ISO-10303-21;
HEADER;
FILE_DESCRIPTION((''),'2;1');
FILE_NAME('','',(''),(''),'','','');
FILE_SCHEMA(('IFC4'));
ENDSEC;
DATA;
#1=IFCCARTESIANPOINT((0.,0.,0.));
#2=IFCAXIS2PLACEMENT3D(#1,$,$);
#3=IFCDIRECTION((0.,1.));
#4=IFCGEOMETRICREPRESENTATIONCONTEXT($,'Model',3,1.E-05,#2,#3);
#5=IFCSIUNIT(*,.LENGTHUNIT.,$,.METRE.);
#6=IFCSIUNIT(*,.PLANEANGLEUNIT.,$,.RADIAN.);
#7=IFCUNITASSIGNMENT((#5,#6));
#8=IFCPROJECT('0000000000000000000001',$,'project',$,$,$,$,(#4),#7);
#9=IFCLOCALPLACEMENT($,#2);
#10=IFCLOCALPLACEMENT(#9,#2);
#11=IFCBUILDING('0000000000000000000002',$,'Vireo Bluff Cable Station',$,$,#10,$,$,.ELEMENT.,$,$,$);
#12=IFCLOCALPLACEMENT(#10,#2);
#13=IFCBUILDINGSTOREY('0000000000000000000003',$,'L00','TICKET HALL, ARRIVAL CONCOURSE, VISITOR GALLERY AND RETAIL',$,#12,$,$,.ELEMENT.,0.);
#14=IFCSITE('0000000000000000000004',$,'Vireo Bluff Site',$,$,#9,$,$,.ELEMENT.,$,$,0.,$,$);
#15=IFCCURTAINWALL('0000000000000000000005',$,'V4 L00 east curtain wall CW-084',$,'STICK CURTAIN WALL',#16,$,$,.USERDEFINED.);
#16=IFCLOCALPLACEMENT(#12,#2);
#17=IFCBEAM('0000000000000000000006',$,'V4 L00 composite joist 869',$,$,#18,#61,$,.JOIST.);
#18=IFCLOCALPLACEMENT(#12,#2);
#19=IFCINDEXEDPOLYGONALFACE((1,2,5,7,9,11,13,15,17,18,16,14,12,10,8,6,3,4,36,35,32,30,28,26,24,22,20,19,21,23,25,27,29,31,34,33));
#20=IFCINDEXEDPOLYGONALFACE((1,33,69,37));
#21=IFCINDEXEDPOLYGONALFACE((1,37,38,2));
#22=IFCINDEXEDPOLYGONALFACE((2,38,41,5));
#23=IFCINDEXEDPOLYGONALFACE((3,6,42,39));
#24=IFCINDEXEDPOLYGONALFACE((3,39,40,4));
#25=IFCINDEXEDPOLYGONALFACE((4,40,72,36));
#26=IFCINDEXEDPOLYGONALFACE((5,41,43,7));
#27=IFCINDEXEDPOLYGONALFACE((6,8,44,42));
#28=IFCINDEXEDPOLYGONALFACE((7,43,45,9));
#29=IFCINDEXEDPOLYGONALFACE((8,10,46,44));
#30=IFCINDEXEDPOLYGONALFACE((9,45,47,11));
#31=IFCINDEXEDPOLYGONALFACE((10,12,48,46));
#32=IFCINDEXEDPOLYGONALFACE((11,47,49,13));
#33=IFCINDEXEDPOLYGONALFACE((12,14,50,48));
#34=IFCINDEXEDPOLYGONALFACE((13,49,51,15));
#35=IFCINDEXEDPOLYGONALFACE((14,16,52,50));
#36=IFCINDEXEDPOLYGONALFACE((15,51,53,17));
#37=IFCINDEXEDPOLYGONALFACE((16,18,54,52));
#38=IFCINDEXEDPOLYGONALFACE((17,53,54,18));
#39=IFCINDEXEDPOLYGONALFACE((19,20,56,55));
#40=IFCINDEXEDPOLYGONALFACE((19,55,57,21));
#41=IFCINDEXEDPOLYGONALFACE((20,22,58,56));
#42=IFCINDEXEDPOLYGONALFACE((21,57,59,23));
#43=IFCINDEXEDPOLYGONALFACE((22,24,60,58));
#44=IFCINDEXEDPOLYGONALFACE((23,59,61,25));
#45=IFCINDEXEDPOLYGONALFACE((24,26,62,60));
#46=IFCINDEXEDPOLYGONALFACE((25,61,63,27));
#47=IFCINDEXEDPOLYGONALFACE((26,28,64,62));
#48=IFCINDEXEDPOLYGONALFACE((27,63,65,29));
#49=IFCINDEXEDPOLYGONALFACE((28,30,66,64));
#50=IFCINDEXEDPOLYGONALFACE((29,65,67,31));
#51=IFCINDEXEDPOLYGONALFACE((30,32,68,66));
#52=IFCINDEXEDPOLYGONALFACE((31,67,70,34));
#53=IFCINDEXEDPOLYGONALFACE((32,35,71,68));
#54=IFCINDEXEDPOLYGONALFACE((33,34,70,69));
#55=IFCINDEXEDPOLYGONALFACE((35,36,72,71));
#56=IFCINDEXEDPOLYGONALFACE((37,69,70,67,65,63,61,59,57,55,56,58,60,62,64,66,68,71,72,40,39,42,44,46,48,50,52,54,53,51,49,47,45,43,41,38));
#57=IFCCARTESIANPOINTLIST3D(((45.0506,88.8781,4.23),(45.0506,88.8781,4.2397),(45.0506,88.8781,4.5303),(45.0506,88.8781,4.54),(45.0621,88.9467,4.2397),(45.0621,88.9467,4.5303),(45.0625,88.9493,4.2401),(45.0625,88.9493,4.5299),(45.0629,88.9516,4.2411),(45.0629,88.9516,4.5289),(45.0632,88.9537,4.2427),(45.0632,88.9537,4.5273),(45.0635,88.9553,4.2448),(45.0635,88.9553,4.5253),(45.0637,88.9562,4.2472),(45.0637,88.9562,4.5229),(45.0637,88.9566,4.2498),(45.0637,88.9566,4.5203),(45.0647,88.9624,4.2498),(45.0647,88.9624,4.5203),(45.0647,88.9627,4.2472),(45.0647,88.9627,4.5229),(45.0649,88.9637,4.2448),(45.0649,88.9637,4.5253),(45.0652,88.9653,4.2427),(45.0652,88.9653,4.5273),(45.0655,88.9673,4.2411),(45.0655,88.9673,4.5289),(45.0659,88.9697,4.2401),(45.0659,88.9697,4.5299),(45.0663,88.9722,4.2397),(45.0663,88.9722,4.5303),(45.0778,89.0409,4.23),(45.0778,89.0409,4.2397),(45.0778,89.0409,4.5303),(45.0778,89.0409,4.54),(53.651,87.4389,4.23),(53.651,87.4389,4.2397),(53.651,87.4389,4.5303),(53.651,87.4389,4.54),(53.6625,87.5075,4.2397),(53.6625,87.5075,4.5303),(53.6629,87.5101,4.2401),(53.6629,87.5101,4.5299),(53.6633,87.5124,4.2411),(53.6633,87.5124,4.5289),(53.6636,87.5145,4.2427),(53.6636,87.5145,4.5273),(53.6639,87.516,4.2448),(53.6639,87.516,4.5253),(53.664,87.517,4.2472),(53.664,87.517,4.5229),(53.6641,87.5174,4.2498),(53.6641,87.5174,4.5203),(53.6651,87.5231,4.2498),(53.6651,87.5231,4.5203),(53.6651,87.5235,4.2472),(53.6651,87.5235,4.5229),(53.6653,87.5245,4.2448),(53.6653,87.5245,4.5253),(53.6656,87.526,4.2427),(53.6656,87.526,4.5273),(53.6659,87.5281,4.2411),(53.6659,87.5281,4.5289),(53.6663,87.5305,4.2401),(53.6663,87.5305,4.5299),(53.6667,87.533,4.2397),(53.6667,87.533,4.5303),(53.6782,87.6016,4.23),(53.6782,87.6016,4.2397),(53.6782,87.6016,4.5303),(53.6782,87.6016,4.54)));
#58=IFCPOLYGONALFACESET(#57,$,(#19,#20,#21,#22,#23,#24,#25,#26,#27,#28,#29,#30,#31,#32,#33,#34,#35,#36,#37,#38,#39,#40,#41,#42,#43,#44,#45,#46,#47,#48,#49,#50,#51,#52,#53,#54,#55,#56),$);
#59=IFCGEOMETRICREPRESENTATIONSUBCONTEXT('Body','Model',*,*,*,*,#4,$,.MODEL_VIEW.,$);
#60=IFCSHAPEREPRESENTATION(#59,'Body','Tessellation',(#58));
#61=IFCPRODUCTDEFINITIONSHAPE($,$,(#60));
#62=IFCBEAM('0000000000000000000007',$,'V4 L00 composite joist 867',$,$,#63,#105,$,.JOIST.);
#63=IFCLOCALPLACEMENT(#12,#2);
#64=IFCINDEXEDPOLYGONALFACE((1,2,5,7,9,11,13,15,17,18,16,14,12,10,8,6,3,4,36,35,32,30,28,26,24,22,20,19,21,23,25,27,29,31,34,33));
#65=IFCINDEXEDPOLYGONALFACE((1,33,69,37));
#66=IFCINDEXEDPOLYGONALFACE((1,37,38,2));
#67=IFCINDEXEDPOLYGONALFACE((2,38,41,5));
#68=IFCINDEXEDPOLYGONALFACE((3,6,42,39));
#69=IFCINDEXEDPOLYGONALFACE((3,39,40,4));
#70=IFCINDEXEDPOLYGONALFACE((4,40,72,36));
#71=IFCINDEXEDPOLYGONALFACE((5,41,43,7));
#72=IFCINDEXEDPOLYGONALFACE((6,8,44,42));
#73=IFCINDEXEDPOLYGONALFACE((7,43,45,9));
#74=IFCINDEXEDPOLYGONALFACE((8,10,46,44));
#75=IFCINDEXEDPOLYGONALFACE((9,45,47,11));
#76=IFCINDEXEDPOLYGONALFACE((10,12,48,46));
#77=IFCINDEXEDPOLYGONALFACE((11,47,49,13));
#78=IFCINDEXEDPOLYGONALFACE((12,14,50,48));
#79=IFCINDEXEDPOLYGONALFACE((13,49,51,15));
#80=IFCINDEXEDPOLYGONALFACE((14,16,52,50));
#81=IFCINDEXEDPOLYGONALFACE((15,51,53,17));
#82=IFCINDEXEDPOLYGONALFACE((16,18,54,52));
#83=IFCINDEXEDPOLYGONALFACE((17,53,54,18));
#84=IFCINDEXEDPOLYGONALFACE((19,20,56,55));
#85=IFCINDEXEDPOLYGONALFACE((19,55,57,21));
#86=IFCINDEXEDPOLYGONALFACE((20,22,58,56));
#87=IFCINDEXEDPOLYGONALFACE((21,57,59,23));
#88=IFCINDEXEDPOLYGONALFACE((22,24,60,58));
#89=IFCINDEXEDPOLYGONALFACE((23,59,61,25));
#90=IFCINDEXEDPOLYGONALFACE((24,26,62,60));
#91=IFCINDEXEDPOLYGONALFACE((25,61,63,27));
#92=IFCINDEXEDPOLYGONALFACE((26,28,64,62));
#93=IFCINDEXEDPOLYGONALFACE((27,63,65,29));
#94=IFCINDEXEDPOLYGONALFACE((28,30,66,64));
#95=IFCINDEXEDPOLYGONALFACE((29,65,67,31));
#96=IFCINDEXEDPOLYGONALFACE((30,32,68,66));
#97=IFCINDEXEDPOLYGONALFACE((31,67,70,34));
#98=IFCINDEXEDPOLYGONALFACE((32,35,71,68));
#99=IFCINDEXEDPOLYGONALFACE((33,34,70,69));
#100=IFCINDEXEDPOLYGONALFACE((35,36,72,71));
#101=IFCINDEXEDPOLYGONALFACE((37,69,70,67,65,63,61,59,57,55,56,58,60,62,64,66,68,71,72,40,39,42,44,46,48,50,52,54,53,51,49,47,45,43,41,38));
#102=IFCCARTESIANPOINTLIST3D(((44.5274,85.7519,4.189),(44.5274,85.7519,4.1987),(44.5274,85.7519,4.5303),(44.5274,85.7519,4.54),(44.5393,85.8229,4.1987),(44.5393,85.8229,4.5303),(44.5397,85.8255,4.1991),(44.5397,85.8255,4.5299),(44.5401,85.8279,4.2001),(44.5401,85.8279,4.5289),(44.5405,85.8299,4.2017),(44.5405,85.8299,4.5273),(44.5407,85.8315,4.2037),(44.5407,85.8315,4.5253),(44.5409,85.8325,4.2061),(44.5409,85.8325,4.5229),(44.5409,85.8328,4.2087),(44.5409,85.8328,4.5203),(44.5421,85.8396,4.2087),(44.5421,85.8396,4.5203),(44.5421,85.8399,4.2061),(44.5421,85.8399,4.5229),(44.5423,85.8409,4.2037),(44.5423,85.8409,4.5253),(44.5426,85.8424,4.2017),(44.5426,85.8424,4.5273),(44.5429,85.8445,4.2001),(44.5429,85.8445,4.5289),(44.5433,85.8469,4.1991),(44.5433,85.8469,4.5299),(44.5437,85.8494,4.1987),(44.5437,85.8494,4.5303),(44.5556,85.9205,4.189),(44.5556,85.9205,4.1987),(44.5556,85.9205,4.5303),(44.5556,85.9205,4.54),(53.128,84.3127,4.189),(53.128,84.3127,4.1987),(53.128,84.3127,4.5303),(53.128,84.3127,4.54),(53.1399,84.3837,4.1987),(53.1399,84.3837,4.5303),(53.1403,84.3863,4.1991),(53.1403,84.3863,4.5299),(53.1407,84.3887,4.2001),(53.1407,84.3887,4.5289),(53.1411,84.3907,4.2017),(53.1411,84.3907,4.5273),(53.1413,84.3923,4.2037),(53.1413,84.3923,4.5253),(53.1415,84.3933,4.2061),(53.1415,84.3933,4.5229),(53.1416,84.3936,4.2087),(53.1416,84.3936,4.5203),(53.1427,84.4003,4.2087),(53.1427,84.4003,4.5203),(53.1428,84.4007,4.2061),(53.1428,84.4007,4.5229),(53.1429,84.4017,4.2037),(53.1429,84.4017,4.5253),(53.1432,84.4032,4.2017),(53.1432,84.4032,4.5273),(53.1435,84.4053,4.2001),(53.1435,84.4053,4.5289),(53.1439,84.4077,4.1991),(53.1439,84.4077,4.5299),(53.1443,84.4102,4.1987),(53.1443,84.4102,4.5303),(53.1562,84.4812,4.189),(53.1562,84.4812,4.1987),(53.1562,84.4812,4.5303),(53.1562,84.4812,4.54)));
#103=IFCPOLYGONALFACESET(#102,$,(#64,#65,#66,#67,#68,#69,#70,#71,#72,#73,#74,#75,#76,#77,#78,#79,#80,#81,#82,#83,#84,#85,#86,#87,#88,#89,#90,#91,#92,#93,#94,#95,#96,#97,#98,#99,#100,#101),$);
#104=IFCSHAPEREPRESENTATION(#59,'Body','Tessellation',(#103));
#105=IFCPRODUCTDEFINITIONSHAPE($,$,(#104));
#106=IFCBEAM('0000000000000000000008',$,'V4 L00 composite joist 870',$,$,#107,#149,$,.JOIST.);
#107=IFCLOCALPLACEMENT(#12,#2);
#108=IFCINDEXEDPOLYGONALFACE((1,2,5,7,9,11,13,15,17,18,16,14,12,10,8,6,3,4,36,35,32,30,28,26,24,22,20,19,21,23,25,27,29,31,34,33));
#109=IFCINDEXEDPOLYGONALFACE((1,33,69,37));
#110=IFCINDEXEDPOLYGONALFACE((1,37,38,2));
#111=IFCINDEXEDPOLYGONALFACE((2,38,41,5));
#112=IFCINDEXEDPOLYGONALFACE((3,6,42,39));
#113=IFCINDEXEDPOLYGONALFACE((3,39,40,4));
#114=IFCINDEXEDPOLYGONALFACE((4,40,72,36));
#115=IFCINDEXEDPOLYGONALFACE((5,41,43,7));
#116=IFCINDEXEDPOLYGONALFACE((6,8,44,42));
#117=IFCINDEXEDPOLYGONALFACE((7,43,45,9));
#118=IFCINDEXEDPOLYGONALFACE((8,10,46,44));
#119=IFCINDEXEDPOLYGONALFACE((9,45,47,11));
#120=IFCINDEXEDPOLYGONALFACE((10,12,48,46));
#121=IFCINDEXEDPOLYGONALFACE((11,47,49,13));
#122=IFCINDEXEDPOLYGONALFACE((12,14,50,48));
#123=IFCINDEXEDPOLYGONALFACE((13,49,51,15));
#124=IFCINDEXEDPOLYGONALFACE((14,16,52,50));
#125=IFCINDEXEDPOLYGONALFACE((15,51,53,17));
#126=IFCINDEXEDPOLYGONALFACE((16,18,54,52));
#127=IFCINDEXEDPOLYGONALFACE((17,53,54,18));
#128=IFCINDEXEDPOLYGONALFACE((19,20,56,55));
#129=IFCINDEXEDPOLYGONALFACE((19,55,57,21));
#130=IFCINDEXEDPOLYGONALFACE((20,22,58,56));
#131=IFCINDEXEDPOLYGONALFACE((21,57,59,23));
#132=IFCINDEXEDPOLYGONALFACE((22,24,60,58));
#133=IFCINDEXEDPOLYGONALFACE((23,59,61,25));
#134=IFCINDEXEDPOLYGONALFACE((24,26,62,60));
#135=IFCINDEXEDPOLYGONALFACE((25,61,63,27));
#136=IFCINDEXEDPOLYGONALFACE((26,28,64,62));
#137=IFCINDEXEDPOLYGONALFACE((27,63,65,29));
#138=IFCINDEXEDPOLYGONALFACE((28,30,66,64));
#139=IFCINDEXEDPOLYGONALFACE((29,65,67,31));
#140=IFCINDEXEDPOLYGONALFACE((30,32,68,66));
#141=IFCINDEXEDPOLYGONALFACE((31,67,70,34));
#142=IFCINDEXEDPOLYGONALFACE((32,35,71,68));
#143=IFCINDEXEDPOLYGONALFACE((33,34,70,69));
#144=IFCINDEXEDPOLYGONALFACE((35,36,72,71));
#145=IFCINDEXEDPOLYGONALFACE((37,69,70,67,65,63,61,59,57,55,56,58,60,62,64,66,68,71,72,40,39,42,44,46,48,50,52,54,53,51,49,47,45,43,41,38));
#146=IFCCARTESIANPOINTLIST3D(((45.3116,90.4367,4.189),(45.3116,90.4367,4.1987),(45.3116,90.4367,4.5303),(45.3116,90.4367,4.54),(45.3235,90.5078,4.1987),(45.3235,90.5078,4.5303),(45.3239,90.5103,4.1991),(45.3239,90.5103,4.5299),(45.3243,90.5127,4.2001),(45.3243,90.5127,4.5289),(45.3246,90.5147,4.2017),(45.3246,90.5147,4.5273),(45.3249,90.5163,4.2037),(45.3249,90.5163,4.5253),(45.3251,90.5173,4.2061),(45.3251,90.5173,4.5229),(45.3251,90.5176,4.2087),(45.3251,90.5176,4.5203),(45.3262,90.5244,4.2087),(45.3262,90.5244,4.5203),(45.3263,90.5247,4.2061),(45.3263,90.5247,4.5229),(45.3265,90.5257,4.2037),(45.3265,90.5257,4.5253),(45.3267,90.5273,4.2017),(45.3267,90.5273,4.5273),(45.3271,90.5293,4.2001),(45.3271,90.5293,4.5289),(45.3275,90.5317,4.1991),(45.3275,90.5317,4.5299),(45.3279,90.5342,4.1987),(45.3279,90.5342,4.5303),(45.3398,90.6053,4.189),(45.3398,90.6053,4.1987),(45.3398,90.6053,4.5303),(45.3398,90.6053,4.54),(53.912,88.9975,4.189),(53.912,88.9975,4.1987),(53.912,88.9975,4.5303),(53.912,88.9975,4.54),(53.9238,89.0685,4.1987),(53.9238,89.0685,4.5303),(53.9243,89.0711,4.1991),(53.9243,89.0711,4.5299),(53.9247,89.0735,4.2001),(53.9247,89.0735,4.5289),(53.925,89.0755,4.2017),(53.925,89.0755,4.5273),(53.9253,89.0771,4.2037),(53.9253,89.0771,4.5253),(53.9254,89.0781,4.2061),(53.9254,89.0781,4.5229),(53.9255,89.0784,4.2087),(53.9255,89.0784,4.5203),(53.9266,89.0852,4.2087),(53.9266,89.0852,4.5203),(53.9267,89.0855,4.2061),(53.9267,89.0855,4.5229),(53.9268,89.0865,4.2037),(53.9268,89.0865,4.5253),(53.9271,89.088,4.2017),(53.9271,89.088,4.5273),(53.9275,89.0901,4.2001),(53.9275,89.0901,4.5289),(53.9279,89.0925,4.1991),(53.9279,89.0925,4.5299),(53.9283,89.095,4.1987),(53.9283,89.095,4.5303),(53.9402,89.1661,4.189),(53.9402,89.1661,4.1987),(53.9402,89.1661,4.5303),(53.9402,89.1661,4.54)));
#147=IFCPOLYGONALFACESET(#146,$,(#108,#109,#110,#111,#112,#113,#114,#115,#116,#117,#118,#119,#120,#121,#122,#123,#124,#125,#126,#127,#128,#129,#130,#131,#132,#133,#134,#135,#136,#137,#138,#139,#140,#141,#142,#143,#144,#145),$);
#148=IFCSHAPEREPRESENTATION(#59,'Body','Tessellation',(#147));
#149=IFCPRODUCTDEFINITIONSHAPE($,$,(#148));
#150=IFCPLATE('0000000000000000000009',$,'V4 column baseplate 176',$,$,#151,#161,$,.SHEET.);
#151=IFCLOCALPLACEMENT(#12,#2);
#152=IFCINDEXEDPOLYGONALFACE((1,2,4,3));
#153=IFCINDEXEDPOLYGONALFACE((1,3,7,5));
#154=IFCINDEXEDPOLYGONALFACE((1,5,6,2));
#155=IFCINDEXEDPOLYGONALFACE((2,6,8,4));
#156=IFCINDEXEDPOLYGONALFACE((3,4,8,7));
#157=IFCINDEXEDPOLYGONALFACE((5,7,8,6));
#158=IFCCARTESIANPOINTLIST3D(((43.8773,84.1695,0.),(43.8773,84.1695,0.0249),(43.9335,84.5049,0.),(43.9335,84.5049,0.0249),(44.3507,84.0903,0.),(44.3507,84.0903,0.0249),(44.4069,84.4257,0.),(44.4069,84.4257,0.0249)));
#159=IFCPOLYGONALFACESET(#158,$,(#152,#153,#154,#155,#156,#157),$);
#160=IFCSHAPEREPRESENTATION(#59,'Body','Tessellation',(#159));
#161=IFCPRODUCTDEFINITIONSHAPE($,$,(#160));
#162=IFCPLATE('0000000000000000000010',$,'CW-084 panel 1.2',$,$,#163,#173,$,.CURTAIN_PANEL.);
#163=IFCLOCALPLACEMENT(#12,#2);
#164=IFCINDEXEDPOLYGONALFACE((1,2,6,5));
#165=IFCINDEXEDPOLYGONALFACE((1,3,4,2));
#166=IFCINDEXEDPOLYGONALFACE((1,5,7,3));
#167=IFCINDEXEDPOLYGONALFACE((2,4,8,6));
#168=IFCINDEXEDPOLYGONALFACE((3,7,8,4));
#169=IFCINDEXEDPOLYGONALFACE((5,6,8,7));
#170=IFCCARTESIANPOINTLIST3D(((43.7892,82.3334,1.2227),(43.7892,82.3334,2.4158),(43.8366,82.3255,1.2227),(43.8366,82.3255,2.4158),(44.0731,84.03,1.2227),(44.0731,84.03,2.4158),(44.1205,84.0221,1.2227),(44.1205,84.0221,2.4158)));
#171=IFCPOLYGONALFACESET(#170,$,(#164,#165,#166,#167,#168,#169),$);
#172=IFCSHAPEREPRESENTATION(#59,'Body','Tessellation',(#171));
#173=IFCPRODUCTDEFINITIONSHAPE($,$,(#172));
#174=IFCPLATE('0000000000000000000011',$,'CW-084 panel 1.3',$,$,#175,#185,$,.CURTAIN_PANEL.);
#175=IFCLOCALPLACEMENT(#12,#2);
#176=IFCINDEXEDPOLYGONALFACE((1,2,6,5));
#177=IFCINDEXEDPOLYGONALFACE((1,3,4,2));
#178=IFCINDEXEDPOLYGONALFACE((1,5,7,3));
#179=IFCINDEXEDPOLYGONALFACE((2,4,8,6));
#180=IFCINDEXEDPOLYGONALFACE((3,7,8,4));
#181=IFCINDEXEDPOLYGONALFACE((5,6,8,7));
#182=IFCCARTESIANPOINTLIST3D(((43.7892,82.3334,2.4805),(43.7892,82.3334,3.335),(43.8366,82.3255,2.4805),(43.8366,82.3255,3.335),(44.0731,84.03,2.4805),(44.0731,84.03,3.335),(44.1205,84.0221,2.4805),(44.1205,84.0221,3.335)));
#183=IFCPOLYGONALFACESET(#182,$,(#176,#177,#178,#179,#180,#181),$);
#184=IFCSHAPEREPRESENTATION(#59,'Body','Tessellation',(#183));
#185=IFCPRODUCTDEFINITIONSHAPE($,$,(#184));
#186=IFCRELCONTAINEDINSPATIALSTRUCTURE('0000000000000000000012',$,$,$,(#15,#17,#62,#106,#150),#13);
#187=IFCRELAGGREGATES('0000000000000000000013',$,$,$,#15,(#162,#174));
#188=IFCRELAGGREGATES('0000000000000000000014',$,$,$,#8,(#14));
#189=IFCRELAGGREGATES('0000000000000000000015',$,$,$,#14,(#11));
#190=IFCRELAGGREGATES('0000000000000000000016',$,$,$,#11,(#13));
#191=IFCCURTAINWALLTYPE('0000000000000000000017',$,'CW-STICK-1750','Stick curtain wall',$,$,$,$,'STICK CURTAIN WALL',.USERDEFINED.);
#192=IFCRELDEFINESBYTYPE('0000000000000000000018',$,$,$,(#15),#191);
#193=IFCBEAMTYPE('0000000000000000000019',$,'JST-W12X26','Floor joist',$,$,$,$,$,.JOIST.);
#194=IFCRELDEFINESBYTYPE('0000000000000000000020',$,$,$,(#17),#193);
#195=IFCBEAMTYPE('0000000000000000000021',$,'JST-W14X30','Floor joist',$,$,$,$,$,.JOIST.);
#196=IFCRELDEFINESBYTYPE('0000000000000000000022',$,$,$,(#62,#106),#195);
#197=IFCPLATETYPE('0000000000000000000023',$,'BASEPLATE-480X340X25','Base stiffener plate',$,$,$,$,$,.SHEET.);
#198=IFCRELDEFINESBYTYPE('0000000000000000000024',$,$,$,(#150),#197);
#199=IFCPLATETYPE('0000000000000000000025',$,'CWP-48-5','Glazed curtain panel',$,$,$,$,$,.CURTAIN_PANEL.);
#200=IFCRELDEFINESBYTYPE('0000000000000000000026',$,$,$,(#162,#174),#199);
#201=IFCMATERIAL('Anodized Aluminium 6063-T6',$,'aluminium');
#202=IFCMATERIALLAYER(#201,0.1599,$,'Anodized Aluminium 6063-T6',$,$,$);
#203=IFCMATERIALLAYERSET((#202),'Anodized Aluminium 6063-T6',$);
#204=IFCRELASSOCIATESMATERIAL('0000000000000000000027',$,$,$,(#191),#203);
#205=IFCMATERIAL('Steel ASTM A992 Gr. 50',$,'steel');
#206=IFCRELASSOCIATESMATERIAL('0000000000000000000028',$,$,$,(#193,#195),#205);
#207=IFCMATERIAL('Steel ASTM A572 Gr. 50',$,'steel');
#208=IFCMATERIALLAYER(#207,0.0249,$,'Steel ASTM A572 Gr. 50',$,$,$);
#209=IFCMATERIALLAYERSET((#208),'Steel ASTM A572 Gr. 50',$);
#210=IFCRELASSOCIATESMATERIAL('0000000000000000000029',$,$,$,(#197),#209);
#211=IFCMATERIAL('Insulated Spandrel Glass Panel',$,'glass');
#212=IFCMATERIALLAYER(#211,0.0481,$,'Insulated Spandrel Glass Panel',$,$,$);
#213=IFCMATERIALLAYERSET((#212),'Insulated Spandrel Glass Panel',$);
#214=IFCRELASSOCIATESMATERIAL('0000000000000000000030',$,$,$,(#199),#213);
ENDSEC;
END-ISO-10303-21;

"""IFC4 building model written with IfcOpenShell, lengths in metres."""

from ifc_helpers import new_model, si_unit, direction, frame, origin, origin_2d, place, context, subcontext, project, spatial, rectangle, i_section, extrude, material, layer, layer_set, material_profile, profile_set, type_object, element, aggregate, save


model = new_model("IFC4")

# Units and contexts
model_context = context("Model", 3, precision=1e-05, world=origin(), true_north=direction((0.0, 1.0)))
body_context = subcontext(model_context, "Body", "Model", "MODEL_VIEW")
ifc_project = project(units=[si_unit("LENGTHUNIT", "METRE"), si_unit("PLANEANGLEUNIT", "RADIAN")], contexts=[model_context])

# Site, building, storey
site_placement = place(None, origin())
site = spatial("IfcSite", under=ifc_project, at=site_placement, Name="Vireo Bluff Site", CompositionType="ELEMENT", RefElevation=0.0)
building_placement = place(site_placement, origin())
building = spatial("IfcBuilding", under=site, at=building_placement, Name="Vireo Bluff Cable Station", CompositionType="ELEMENT")
storey_placement = place(building_placement, origin())
storey = spatial("IfcBuildingStorey", under=building, at=storey_placement, Name="L00", Description="TICKET HALL, ARRIVAL CONCOURSE, VISITOR GALLERY AND RETAIL", CompositionType="ELEMENT", Elevation=0.0)

# Shared definitions
ifc_material_1 = material(Name="Steel ASTM A992 Gr. 50", Category="steel")

# Curtain wall
ifc_material_2 = material(Name="Anodized Aluminium 6063-T6", Category="aluminium")
ifc_layer_1 = layer(ifc_material_2, 0.1599, Name="Anodized Aluminium 6063-T6")
ifc_layer_set_1 = layer_set([ifc_layer_1], Name="Anodized Aluminium 6063-T6")
curtain_wall_type = type_object("IfcCurtainWallType", Name="CW-STICK-1750", Description="Stick curtain wall", ElementType="STICK CURTAIN WALL", PredefinedType="USERDEFINED", material=ifc_layer_set_1)
curtain_wall_placement = place(storey_placement, origin())
curtain_wall = element("IfcCurtainWall", 1, at=curtain_wall_placement, inside=storey, type_object=curtain_wall_type, Name="V4 L00 east curtain wall CW-084", ObjectType="STICK CURTAIN WALL", PredefinedType="USERDEFINED")

# Beams
ifc_material_profile_1 = material_profile(ifc_material_1, i_section(OverallWidth=0.165, OverallDepth=0.3101, WebThickness=0.0059, FlangeThickness=0.0098, FilletRadius=0.01, at=origin_2d()), Name="W12X26")
ifc_profile_set_1 = profile_set([ifc_material_profile_1], Name="Steel ASTM A992 Gr. 50")
beam_type_1 = type_object("IfcBeamType", Name="JST-W12X26", Description="Floor joist", PredefinedType="JOIST", material=ifc_profile_set_1)
beam_1_placement = place(storey_placement, frame((45.0642, 88.9595, 4.385), z_axis=(0.986286, -0.165048, 0.0), x_axis=(0.165048, 0.986286, 0.0)))
element("IfcBeam", 2, at=beam_1_placement, inside=storey, type_object=beam_type_1, Name="V4 L00 composite joist 869", PredefinedType="JOIST", context=body_context, shape_type="SweptSolid", body=[
    extrude(i_section(OverallWidth=0.165, OverallDepth=0.3101, WebThickness=0.0059, FlangeThickness=0.0098, FilletRadius=0.01, at=origin_2d()), origin(), (0.0, 0.0, 1.0), 8.72),
])
ifc_material_profile_2 = material_profile(ifc_material_1, i_section(OverallWidth=0.1709, OverallDepth=0.3511, WebThickness=0.0068, FlangeThickness=0.0098, FilletRadius=0.01, at=origin_2d()), Name="W14X30")
ifc_profile_set_2 = profile_set([ifc_material_profile_2], Name="Steel ASTM A992 Gr. 50")
beam_type_2 = type_object("IfcBeamType", Name="JST-W14X30", Description="Floor joist", PredefinedType="JOIST", material=ifc_profile_set_2)
beam_2_placement = place(storey_placement, frame((44.5415, 85.8362, 4.3645), z_axis=(0.986286, -0.165044, 0.0), x_axis=(0.165044, 0.986286, 0.0)))
element("IfcBeam", 3, at=beam_2_placement, inside=storey, type_object=beam_type_2, Name="V4 L00 composite joist 867", PredefinedType="JOIST", context=body_context, shape_type="SweptSolid", body=[
    extrude(i_section(OverallWidth=0.1709, OverallDepth=0.3511, WebThickness=0.0068, FlangeThickness=0.0098, FilletRadius=0.01, at=origin_2d()), origin(), (0.0, 0.0, 1.0), 8.7202),
])
beam_3_placement = place(storey_placement, frame((45.3257, 90.521, 4.3645), z_axis=(0.986286, -0.165048, 0.0), x_axis=(0.165048, 0.986286, 0.0)))
element("IfcBeam", 4, at=beam_3_placement, inside=storey, type_object=beam_type_2, Name="V4 L00 composite joist 870", PredefinedType="JOIST", context=body_context, shape_type="SweptSolid", body=[
    extrude(i_section(OverallWidth=0.1709, OverallDepth=0.3511, WebThickness=0.0068, FlangeThickness=0.0098, FilletRadius=0.01, at=origin_2d()), origin(), (0.0, 0.0, 1.0), 8.72),
])

# Plates
ifc_material_3 = material(Name="Steel ASTM A572 Gr. 50", Category="steel")
ifc_layer_2 = layer(ifc_material_3, 0.0249, Name="Steel ASTM A572 Gr. 50")
ifc_layer_set_2 = layer_set([ifc_layer_2], Name="Steel ASTM A572 Gr. 50")
plate_type_1 = type_object("IfcPlateType", Name="BASEPLATE-480X340X25", Description="Base stiffener plate", PredefinedType="SHEET", material=ifc_layer_set_2)
plate_1_placement = place(storey_placement, frame((44.1421, 84.2976, 0.0), z_axis=(0.0, 0.0, 1.0), x_axis=(0.986286, -0.165048, 0.0)))
element("IfcPlate", 5, at=plate_1_placement, inside=storey, type_object=plate_type_1, Name="V4 column baseplate 176", PredefinedType="SHEET", context=body_context, shape_type="SweptSolid", body=[
    extrude(rectangle(XDim=0.48, YDim=0.3401, at=origin_2d()), origin(), (0.0, 0.0, 1.0), 0.0249),
])
ifc_material_4 = material(Name="Insulated Spandrel Glass Panel", Category="glass")
ifc_layer_3 = layer(ifc_material_4, 0.0481, Name="Insulated Spandrel Glass Panel")
ifc_layer_set_3 = layer_set([ifc_layer_3], Name="Insulated Spandrel Glass Panel")
plate_type_2 = type_object("IfcPlateType", Name="CWP-48-5", Description="Glazed curtain panel", PredefinedType="CURTAIN_PANEL", material=ifc_layer_set_3)
plate_2_placement = place(storey_placement, frame((43.9548, 83.1777, 1.2227), z_axis=(0.0, 0.0, 1.0), x_axis=(-0.165048, -0.986286, 0.0)))
plate_2 = element("IfcPlate", 6, at=plate_2_placement, type_object=plate_type_2, Name="CW-084 panel 1.2", PredefinedType="CURTAIN_PANEL", context=body_context, shape_type="SweptSolid", body=[
    extrude(rectangle(XDim=1.7202, YDim=0.0481, at=origin_2d()), origin(), (0.0, 0.0, 1.0), 1.1931),
])
plate_3_placement = place(storey_placement, frame((43.9548, 83.1777, 2.4805), z_axis=(0.0, 0.0, 1.0), x_axis=(-0.165048, -0.986286, 0.0)))
plate_3 = element("IfcPlate", 7, at=plate_3_placement, type_object=plate_type_2, Name="CW-084 panel 1.3", PredefinedType="CURTAIN_PANEL", context=body_context, shape_type="SweptSolid", body=[
    extrude(rectangle(XDim=1.7202, YDim=0.0481, at=origin_2d()), origin(), (0.0, 0.0, 1.0), 0.8545),
])
aggregate(curtain_wall, [plate_2, plate_3])

save(model, "model.ifc")
